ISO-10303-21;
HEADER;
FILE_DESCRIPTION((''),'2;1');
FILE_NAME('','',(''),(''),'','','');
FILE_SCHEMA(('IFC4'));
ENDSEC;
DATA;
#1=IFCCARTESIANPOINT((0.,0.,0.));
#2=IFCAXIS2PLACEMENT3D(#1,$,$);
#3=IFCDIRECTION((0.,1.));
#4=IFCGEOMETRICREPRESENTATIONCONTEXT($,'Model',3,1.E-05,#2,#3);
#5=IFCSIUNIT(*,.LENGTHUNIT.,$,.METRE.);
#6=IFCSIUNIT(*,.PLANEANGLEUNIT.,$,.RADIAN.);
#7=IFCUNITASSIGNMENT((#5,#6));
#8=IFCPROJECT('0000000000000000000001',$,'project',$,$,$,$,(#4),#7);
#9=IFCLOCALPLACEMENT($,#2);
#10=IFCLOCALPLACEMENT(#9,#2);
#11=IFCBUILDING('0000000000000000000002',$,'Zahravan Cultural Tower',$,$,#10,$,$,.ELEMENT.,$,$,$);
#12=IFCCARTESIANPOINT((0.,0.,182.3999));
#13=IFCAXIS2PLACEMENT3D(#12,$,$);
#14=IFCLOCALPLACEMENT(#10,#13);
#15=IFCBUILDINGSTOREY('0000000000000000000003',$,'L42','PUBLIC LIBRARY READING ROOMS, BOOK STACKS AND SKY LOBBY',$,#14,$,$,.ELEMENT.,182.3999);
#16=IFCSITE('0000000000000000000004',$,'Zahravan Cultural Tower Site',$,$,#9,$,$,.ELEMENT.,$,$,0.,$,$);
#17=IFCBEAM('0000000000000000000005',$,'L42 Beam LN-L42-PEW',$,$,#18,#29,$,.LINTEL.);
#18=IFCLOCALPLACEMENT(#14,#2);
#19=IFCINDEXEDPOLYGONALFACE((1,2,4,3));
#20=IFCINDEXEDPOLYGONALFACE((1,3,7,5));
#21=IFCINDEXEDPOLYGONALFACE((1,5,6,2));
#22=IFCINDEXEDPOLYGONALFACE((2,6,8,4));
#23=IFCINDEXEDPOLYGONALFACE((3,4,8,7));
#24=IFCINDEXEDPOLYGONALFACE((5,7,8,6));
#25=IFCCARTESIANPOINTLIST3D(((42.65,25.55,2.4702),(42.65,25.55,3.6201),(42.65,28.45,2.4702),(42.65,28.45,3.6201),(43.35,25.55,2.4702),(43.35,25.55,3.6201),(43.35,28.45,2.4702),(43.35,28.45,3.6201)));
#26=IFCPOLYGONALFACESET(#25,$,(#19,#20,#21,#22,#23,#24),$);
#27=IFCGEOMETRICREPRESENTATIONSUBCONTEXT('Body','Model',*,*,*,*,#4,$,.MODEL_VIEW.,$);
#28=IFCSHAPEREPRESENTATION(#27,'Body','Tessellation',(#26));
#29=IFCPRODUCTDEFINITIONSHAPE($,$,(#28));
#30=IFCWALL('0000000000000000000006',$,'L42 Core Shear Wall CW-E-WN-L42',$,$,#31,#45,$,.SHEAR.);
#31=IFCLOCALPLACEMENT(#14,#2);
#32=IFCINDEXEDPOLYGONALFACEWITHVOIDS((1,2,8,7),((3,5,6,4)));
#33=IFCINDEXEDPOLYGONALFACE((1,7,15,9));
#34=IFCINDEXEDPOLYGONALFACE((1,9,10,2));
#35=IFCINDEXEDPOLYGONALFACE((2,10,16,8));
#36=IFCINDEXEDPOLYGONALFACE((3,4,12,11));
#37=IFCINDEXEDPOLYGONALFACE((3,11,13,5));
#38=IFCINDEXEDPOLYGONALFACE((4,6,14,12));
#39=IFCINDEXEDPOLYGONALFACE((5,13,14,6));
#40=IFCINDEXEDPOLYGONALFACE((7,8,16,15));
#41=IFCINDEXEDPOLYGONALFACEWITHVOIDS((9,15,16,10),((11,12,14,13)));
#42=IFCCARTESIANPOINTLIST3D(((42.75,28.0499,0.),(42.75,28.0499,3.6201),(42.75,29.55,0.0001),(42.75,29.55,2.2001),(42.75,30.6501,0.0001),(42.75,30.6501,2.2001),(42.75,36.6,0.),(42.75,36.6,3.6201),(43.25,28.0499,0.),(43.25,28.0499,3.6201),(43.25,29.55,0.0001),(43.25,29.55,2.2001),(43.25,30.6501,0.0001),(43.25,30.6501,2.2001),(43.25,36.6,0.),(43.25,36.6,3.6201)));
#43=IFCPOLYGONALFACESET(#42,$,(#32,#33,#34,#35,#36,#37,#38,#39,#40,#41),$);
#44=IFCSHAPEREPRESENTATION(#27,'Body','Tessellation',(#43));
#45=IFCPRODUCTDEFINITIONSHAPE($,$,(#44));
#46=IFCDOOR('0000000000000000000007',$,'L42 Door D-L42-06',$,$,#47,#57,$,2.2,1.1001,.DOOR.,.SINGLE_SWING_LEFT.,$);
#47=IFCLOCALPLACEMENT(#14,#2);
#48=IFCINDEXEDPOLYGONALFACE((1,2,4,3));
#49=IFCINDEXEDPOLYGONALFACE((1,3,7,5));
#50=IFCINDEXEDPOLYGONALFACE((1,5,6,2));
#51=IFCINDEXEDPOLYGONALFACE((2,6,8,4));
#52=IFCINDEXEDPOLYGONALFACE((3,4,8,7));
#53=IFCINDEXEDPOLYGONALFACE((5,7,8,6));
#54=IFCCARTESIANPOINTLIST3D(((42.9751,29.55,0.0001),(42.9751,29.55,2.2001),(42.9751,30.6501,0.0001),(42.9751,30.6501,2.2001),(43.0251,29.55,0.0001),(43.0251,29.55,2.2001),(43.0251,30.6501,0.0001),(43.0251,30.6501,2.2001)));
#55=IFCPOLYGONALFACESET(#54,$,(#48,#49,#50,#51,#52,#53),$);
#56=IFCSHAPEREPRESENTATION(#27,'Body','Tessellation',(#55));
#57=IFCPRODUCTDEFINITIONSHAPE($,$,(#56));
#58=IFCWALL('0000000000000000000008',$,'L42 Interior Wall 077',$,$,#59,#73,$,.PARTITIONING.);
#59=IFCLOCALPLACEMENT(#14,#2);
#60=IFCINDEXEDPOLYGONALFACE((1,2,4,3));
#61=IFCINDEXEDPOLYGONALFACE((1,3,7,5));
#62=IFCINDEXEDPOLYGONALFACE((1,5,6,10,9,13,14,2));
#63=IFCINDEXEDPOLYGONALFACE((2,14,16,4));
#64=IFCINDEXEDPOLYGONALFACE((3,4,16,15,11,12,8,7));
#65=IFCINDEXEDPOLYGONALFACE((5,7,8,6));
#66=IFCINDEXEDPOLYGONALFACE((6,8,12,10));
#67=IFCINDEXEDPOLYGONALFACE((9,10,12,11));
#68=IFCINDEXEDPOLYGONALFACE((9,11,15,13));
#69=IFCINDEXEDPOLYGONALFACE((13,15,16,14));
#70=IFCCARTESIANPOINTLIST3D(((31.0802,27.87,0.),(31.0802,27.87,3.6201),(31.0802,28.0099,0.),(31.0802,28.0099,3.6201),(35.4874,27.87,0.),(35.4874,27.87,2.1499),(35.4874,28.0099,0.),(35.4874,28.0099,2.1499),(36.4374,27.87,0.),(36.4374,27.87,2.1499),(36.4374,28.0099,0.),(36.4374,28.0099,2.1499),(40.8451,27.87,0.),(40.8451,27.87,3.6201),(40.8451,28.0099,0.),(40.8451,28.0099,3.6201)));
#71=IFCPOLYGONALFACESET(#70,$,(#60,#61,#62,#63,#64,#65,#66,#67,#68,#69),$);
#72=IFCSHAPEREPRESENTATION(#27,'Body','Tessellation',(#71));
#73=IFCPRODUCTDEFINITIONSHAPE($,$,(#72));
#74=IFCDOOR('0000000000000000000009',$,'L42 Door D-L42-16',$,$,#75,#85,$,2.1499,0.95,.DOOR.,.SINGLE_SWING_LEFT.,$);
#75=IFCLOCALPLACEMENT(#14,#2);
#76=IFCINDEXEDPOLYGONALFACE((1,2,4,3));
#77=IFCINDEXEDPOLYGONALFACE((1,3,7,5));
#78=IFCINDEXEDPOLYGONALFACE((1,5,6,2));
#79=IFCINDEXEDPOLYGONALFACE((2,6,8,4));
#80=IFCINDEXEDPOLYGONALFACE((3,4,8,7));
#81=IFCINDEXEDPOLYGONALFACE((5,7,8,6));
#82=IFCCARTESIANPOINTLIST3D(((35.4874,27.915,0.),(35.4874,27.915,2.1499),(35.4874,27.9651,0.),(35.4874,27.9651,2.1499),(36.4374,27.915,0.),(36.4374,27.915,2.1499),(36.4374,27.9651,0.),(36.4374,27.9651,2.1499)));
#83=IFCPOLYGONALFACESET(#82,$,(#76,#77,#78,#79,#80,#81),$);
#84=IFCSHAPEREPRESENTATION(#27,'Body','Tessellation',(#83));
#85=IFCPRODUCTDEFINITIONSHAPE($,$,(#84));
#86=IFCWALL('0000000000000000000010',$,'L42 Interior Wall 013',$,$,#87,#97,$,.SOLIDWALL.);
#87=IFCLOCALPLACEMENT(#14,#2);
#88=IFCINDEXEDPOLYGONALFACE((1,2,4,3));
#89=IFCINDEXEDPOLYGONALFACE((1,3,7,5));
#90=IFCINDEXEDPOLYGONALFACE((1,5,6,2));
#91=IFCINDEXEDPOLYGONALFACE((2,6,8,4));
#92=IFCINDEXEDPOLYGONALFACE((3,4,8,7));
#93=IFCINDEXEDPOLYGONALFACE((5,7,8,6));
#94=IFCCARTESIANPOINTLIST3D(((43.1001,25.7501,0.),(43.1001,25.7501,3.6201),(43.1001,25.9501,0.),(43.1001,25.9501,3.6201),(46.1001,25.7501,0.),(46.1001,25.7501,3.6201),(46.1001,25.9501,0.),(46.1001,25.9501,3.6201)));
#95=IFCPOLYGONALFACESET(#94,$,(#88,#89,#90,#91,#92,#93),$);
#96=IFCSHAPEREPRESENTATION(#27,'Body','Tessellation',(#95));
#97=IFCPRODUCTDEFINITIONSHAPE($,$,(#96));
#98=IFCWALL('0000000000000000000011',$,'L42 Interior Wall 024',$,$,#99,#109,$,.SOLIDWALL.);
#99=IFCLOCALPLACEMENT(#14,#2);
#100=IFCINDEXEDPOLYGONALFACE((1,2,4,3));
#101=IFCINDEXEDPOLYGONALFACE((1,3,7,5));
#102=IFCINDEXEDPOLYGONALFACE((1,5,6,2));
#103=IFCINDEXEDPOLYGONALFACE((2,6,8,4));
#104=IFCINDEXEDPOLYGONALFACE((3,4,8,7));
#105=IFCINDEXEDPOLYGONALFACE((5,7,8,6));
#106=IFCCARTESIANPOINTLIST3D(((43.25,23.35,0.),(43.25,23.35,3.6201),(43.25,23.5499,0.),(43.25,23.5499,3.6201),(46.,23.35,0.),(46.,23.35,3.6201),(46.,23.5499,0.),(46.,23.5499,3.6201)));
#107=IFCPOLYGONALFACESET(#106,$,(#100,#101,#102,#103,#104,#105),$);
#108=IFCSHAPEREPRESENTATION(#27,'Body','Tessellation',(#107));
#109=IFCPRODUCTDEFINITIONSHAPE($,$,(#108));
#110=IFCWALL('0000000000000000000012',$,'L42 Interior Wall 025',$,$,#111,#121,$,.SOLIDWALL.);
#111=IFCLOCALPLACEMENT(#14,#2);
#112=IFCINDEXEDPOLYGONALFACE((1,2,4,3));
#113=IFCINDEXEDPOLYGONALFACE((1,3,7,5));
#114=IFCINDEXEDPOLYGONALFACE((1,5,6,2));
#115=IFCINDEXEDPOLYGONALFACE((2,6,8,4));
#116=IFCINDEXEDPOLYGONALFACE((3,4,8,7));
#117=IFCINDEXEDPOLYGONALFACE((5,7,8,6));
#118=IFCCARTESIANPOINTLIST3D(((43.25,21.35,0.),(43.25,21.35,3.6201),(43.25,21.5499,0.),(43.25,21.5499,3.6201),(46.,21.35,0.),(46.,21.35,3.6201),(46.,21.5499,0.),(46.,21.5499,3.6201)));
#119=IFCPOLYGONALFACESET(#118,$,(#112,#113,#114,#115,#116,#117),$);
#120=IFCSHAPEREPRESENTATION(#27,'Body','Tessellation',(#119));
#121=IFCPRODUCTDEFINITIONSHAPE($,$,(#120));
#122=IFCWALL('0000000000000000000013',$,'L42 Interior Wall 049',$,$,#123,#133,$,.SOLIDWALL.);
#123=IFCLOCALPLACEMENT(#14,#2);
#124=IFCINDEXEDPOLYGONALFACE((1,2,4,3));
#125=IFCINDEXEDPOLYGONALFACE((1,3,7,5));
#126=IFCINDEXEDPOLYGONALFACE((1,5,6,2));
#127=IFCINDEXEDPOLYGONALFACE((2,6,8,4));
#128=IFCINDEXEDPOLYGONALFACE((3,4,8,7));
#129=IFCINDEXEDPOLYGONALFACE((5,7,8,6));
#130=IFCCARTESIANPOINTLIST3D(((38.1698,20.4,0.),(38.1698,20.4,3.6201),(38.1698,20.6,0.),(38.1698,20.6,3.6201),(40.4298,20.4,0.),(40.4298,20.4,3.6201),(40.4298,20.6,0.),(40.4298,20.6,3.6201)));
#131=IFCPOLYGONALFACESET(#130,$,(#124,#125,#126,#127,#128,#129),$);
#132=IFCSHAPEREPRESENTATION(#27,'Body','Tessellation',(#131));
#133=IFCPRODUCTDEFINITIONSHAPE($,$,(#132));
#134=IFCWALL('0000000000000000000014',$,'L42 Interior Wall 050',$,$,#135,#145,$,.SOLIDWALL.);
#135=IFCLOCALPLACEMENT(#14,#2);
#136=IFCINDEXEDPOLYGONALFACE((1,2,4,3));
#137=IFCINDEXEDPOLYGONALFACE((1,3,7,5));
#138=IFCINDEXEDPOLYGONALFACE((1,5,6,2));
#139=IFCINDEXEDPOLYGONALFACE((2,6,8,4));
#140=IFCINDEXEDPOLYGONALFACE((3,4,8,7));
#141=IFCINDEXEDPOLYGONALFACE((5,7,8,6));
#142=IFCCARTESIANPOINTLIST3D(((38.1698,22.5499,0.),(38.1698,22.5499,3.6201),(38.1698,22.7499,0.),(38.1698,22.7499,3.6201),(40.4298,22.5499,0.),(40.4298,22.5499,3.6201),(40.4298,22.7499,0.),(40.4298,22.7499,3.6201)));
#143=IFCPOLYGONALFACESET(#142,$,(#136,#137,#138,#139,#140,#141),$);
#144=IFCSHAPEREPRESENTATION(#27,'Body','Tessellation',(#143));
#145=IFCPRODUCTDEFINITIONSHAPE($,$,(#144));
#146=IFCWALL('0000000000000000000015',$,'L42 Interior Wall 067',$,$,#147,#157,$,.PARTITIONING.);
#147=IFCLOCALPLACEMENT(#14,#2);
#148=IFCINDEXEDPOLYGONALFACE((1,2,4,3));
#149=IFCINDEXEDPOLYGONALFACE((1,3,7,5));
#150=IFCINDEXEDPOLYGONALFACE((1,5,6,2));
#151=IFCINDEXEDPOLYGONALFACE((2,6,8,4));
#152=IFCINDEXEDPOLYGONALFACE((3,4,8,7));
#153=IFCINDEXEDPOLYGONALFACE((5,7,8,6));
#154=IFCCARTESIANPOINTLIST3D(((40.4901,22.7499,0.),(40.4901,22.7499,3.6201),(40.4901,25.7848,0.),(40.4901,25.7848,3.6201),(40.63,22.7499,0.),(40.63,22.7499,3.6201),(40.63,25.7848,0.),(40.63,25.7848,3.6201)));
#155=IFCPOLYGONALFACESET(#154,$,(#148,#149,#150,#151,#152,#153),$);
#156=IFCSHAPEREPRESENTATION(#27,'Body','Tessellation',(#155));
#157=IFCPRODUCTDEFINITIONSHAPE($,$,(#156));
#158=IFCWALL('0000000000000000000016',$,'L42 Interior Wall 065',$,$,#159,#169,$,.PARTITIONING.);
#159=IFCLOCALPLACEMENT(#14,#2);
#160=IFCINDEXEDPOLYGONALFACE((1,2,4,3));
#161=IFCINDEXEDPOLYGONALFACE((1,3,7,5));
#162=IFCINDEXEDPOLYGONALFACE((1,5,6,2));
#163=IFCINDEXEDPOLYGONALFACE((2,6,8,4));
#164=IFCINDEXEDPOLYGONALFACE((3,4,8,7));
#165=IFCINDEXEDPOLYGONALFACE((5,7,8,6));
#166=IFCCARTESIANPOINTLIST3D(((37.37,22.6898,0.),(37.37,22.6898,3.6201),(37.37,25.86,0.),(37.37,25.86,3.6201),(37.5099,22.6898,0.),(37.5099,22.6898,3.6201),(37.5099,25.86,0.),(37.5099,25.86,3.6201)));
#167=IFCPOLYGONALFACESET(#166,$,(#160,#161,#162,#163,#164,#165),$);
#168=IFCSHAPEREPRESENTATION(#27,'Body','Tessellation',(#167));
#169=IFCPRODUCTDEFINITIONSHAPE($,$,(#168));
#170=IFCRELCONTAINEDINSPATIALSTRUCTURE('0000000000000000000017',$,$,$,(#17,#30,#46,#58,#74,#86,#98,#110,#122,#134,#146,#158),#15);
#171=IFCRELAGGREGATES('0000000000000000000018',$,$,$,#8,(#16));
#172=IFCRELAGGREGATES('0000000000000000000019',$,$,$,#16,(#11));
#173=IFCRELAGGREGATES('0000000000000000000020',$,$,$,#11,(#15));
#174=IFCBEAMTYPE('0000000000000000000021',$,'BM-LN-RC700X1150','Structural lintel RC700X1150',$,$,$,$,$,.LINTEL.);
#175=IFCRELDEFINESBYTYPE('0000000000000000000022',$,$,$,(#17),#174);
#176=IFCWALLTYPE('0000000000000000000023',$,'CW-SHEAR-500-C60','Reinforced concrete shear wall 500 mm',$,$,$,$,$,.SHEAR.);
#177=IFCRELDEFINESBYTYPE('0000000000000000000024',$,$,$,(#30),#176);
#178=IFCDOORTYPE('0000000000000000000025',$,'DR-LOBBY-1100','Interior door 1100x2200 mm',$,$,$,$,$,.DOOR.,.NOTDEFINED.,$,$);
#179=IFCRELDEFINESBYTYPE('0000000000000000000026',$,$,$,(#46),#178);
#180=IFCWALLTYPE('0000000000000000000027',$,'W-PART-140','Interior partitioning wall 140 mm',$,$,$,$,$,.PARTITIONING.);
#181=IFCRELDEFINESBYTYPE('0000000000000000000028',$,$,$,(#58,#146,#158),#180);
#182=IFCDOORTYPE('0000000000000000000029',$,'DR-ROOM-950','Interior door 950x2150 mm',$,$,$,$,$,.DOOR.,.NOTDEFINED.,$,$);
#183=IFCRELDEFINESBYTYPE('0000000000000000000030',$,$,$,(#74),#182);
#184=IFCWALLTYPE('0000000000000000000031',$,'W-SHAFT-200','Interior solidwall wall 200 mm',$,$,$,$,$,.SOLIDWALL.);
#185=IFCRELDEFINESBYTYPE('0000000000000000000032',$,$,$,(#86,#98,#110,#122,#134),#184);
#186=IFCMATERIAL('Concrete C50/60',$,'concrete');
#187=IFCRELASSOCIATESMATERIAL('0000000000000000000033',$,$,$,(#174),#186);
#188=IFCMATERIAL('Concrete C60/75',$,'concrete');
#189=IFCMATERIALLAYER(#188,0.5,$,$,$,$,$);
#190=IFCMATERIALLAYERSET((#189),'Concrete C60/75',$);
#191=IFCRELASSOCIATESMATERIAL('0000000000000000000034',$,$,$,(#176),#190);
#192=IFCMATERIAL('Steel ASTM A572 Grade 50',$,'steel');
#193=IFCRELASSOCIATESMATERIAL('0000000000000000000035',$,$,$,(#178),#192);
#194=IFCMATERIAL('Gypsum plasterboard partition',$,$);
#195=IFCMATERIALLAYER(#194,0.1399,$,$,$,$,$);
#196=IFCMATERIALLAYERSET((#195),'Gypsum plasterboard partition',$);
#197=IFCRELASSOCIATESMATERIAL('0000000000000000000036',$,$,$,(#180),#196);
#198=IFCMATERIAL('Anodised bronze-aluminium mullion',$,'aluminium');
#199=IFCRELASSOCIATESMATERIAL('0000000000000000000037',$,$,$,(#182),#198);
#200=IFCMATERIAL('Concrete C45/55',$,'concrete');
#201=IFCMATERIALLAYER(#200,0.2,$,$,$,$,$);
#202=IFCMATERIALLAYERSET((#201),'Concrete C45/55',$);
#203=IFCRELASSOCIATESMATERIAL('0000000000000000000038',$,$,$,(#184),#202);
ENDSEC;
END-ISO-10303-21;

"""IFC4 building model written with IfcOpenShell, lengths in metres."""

from ifc_helpers import new_model, si_unit, direction, frame, frame_2d, origin, origin_2d, place, context, subcontext, project, spatial, rectangle, extrude, source, transform, mapped, material, layer, layer_set, material_profile, profile_set, type_object, element, fill, save


model = new_model("IFC4")

# Units and contexts
model_context = context("Model", 3, precision=1e-05, world=origin(), true_north=direction((0.0, 1.0)))
body_context = subcontext(model_context, "Body", "Model", "MODEL_VIEW")
ifc_project = project(units=[si_unit("LENGTHUNIT", "METRE"), si_unit("PLANEANGLEUNIT", "RADIAN")], contexts=[model_context])

# Site, building, storey
site_placement = place(None, origin())
site = spatial("IfcSite", under=ifc_project, at=site_placement, Name="Zahravan Cultural Tower Site", CompositionType="ELEMENT", RefElevation=0.0)
building_placement = place(site_placement, origin())
building = spatial("IfcBuilding", under=site, at=building_placement, Name="Zahravan Cultural Tower", CompositionType="ELEMENT")
storey_placement = place(building_placement, frame((0.0, 0.0, 182.3999)))
storey = spatial("IfcBuildingStorey", under=building, at=storey_placement, Name="L42", Description="PUBLIC LIBRARY READING ROOMS, BOOK STACKS AND SKY LOBBY", CompositionType="ELEMENT", Elevation=182.3999)

# Beam
ifc_material_1 = material(Name="Concrete C50/60", Category="concrete")
ifc_material_profile = material_profile(ifc_material_1, rectangle(XDim=0.7, YDim=1.1499, at=origin_2d()), Name="RC700X1150")
ifc_profile_set = profile_set([ifc_material_profile], Name="Concrete C50/60")
beam_type = type_object("IfcBeamType", Name="BM-LN-RC700X1150", Description="Structural lintel RC700X1150", PredefinedType="LINTEL", material=ifc_profile_set)
shared_shape_1 = source(origin(), body_context, "Body", "SweptSolid", [
    extrude(rectangle(XDim=0.7, YDim=1.1499, at=origin_2d()), origin(), (0.0, 0.0, 1.0), 2.8999),
])
beam_placement = place(storey_placement, frame((43.0, 25.55, 3.0452), z_axis=(0.0, 1.0, 0.0), x_axis=(-1.0, 0.0, 0.0)))
element("IfcBeam", 1, at=beam_placement, inside=storey, type_object=beam_type, Name="L42 Beam LN-L42-PEW", PredefinedType="LINTEL", context=body_context, shape_type="MappedRepresentation", body=[
    mapped(shared_shape_1, transform((0.0, 0.0, 0.0), x_axis=(1.0, 0.0, 0.0), y_axis=(0.0, 1.0, 0.0), z_axis=(0.0, 0.0, 1.0), scale=1.0)),
])

# Walls, openings, doors
ifc_material_2 = material(Name="Concrete C60/75", Category="concrete")
ifc_layer_1 = layer(ifc_material_2, 0.5)
ifc_layer_set_1 = layer_set([ifc_layer_1], Name="Concrete C60/75")
wall_type_1 = type_object("IfcWallType", Name="CW-SHEAR-500-C60", Description="Reinforced concrete shear wall 500 mm", PredefinedType="SHEAR", material=ifc_layer_set_1)
wall_1_placement = place(storey_placement, frame((43.0, 28.05, 0.0), z_axis=(0.0, 0.0, 1.0), x_axis=(0.0, 1.0, 0.0)))
wall_1 = element("IfcWall", 2, at=wall_1_placement, inside=storey, type_object=wall_type_1, Name="L42 Core Shear Wall CW-E-WN-L42", PredefinedType="SHEAR", context=body_context, shape_type="SweptSolid", body=[
    extrude(rectangle(XDim=8.55, YDim=0.5, at=frame_2d((4.2749, 0.0))), origin(), (0.0, 0.0, 1.0), 3.6201),
])
opening_1_placement = place(wall_1_placement, frame((1.5, 0.0, 0.0)))
opening_1 = element("IfcOpeningElement", 3, at=opening_1_placement, cuts=wall_1, PredefinedType="OPENING", context=body_context, shape_type="SweptSolid", body=[
    extrude(rectangle(XDim=1.1001, YDim=2.2, at=frame_2d((0.55, 1.1001))), frame((0.0, 0.26, 0.0), z_axis=(0.0, -1.0, 0.0), x_axis=(1.0, 0.0, 0.0)), (0.0, 0.0, 1.0), 0.52),
])
ifc_material_3 = material(Name="Steel ASTM A572 Grade 50", Category="steel")
door_type_1 = type_object("IfcDoorType", Name="DR-LOBBY-1100", Description="Interior door 1100x2200 mm", OperationType="NOTDEFINED", PredefinedType="DOOR", material=ifc_material_3)
shared_shape_2 = source(origin(), body_context, "Body", "SweptSolid", [
    extrude(rectangle(XDim=1.1001, YDim=2.2, at=frame_2d((0.55, 1.1001))), frame((0.0, 0.0249, 0.0), z_axis=(0.0, -1.0, 0.0), x_axis=(1.0, 0.0, 0.0)), (0.0, 0.0, 1.0), 0.05),
])
door_1_placement = place(opening_1_placement, origin())
door_1 = element("IfcDoor", 4, at=door_1_placement, inside=storey, type_object=door_type_1, Name="L42 Door D-L42-06", OperationType="SINGLE_SWING_LEFT", OverallHeight=2.2, OverallWidth=1.1001, PredefinedType="DOOR", context=body_context, shape_type="MappedRepresentation", body=[
    mapped(shared_shape_2, transform((0.0, 0.0, 0.0), x_axis=(1.0, 0.0, 0.0), y_axis=(0.0, 1.0, 0.0), z_axis=(0.0, 0.0, 1.0), scale=1.0)),
])
fill(opening_1, door_1)
ifc_material_4 = material(Name="Gypsum plasterboard partition")
ifc_layer_2 = layer(ifc_material_4, 0.1399)
ifc_layer_set_2 = layer_set([ifc_layer_2], Name="Gypsum plasterboard partition")
wall_type_2 = type_object("IfcWallType", Name="W-PART-140", Description="Interior partitioning wall 140 mm", PredefinedType="PARTITIONING", material=ifc_layer_set_2)
ifc_material_5 = material(Name="Anodised bronze-aluminium mullion", Category="aluminium")
door_type_2 = type_object("IfcDoorType", Name="DR-ROOM-950", Description="Interior door 950x2150 mm", OperationType="NOTDEFINED", PredefinedType="DOOR", material=ifc_material_5)
shared_shape_3 = source(origin(), body_context, "Body", "SweptSolid", [
    extrude(rectangle(XDim=0.95, YDim=2.1499, at=frame_2d((0.4751, 1.075))), frame((0.0, 0.0249, 0.0), z_axis=(0.0, -1.0, 0.0), x_axis=(1.0, 0.0, 0.0)), (0.0, 0.0, 1.0), 0.05),
])
wall_2_placement = place(storey_placement, frame((40.845, 27.9399, 0.0), z_axis=(0.0, 0.0, 1.0), x_axis=(-1.0, 0.0, 0.0)))
wall_2 = element("IfcWall", 5, at=wall_2_placement, inside=storey, type_object=wall_type_2, Name="L42 Interior Wall 077", PredefinedType="PARTITIONING", context=body_context, shape_type="SweptSolid", body=[
    extrude(rectangle(XDim=9.7649, YDim=0.1399, at=frame_2d((4.8823, 0.0))), origin(), (0.0, 0.0, 1.0), 3.6201),
])
opening_2_placement = place(wall_2_placement, frame((4.4075, 0.0, 0.0)))
opening_2 = element("IfcOpeningElement", 6, at=opening_2_placement, cuts=wall_2, PredefinedType="OPENING", context=body_context, shape_type="SweptSolid", body=[
    extrude(rectangle(XDim=0.95, YDim=2.1499, at=frame_2d((0.4751, 1.075))), frame((0.0, 0.0798, 0.0), z_axis=(0.0, -1.0, 0.0), x_axis=(1.0, 0.0, 0.0)), (0.0, 0.0, 1.0), 0.1599),
])
door_2_placement = place(opening_2_placement, origin())
door_2 = element("IfcDoor", 7, at=door_2_placement, inside=storey, type_object=door_type_2, Name="L42 Door D-L42-16", OperationType="SINGLE_SWING_LEFT", OverallHeight=2.1499, OverallWidth=0.95, PredefinedType="DOOR", context=body_context, shape_type="MappedRepresentation", body=[
    mapped(shared_shape_3, transform((0.0, 0.0, 0.0), x_axis=(1.0, 0.0, 0.0), y_axis=(0.0, 1.0, 0.0), z_axis=(0.0, 0.0, 1.0), scale=1.0)),
])
fill(opening_2, door_2)
ifc_material_6 = material(Name="Concrete C45/55", Category="concrete")
ifc_layer_3 = layer(ifc_material_6, 0.2)
ifc_layer_set_3 = layer_set([ifc_layer_3], Name="Concrete C45/55")
wall_type_3 = type_object("IfcWallType", Name="W-SHAFT-200", Description="Interior solidwall wall 200 mm", PredefinedType="SOLIDWALL", material=ifc_layer_set_3)

# Walls
shared_shape_4 = source(origin(), body_context, "Body", "SweptSolid", [
    extrude(rectangle(XDim=3.0, YDim=0.2, at=frame_2d((1.5, 0.0))), origin(), (0.0, 0.0, 1.0), 3.6201),
])
wall_3_placement = place(storey_placement, frame((43.1001, 25.8501, 0.0), z_axis=(0.0, 0.0, 1.0), x_axis=(1.0, 0.0, 0.0)))
element("IfcWall", 8, at=wall_3_placement, inside=storey, type_object=wall_type_3, Name="L42 Interior Wall 013", PredefinedType="SOLIDWALL", context=body_context, shape_type="MappedRepresentation", body=[
    mapped(shared_shape_4, transform((0.0, 0.0, 0.0), x_axis=(1.0, 0.0, 0.0), y_axis=(0.0, 1.0, 0.0), z_axis=(0.0, 0.0, 1.0), scale=1.0)),
])
shared_shape_5 = source(origin(), body_context, "Body", "SweptSolid", [
    extrude(rectangle(XDim=2.75, YDim=0.2, at=frame_2d((1.375, 0.0))), origin(), (0.0, 0.0, 1.0), 3.6201),
])
for number, where, z_axis, x_axis, name in (
    (9, (43.25, 23.45, 0.0), (0.0, 0.0, 1.0), (1.0, 0.0, 0.0), "L42 Interior Wall 024"),
    (10, (43.25, 21.45, 0.0), (0.0, 0.0, 1.0), (1.0, 0.0, 0.0), "L42 Interior Wall 025"),
):
    element("IfcWall", number, at=place(storey_placement, frame(where, z_axis=z_axis, x_axis=x_axis)), inside=storey, type_object=wall_type_3, Name=name, PredefinedType="SOLIDWALL", context=body_context, shape_type="MappedRepresentation", body=[
        mapped(shared_shape_5, transform((0.0, 0.0, 0.0), x_axis=(1.0, 0.0, 0.0), y_axis=(0.0, 1.0, 0.0), z_axis=(0.0, 0.0, 1.0), scale=1.0)),
    ])
shared_shape_6 = source(origin(), body_context, "Body", "SweptSolid", [
    extrude(rectangle(XDim=2.26, YDim=0.2, at=frame_2d((1.1299, 0.0))), origin(), (0.0, 0.0, 1.0), 3.6201),
])
for number, where, z_axis, x_axis, name in (
    (11, (38.1699, 20.5, 0.0), (0.0, 0.0, 1.0), (1.0, 0.0, 0.0), "L42 Interior Wall 049"),
    (12, (38.1699, 22.6499, 0.0), (0.0, 0.0, 1.0), (1.0, 0.0, 0.0), "L42 Interior Wall 050"),
):
    element("IfcWall", number, at=place(storey_placement, frame(where, z_axis=z_axis, x_axis=x_axis)), inside=storey, type_object=wall_type_3, Name=name, PredefinedType="SOLIDWALL", context=body_context, shape_type="MappedRepresentation", body=[
        mapped(shared_shape_6, transform((0.0, 0.0, 0.0), x_axis=(1.0, 0.0, 0.0), y_axis=(0.0, 1.0, 0.0), z_axis=(0.0, 0.0, 1.0), scale=1.0)),
    ])
shared_shape_7 = source(origin(), body_context, "Body", "SweptSolid", [
    extrude(rectangle(XDim=3.0349, YDim=0.1399, at=frame_2d((1.5176, 0.0))), origin(), (0.0, 0.0, 1.0), 3.6201),
])
wall_4_placement = place(storey_placement, frame((40.5601, 25.7849, 0.0), z_axis=(0.0, 0.0, 1.0), x_axis=(0.0, -1.0, 0.0)))
element("IfcWall", 13, at=wall_4_placement, inside=storey, type_object=wall_type_2, Name="L42 Interior Wall 067", PredefinedType="PARTITIONING", context=body_context, shape_type="MappedRepresentation", body=[
    mapped(shared_shape_7, transform((0.0, 0.0, 0.0), x_axis=(1.0, 0.0, 0.0), y_axis=(0.0, 1.0, 0.0), z_axis=(0.0, 0.0, 1.0), scale=1.0)),
])
shared_shape_8 = source(origin(), body_context, "Body", "SweptSolid", [
    extrude(rectangle(XDim=3.1702, YDim=0.1399, at=frame_2d((1.585, 0.0))), origin(), (0.0, 0.0, 1.0), 3.6201),
])
wall_5_placement = place(storey_placement, frame((37.4399, 22.6899, 0.0), z_axis=(0.0, 0.0, 1.0), x_axis=(0.0, 1.0, 0.0)))
element("IfcWall", 14, at=wall_5_placement, inside=storey, type_object=wall_type_2, Name="L42 Interior Wall 065", PredefinedType="PARTITIONING", context=body_context, shape_type="MappedRepresentation", body=[
    mapped(shared_shape_8, transform((0.0, 0.0, 0.0), x_axis=(1.0, 0.0, 0.0), y_axis=(0.0, 1.0, 0.0), z_axis=(0.0, 0.0, 1.0), scale=1.0)),
])

save(model, "model.ifc")
